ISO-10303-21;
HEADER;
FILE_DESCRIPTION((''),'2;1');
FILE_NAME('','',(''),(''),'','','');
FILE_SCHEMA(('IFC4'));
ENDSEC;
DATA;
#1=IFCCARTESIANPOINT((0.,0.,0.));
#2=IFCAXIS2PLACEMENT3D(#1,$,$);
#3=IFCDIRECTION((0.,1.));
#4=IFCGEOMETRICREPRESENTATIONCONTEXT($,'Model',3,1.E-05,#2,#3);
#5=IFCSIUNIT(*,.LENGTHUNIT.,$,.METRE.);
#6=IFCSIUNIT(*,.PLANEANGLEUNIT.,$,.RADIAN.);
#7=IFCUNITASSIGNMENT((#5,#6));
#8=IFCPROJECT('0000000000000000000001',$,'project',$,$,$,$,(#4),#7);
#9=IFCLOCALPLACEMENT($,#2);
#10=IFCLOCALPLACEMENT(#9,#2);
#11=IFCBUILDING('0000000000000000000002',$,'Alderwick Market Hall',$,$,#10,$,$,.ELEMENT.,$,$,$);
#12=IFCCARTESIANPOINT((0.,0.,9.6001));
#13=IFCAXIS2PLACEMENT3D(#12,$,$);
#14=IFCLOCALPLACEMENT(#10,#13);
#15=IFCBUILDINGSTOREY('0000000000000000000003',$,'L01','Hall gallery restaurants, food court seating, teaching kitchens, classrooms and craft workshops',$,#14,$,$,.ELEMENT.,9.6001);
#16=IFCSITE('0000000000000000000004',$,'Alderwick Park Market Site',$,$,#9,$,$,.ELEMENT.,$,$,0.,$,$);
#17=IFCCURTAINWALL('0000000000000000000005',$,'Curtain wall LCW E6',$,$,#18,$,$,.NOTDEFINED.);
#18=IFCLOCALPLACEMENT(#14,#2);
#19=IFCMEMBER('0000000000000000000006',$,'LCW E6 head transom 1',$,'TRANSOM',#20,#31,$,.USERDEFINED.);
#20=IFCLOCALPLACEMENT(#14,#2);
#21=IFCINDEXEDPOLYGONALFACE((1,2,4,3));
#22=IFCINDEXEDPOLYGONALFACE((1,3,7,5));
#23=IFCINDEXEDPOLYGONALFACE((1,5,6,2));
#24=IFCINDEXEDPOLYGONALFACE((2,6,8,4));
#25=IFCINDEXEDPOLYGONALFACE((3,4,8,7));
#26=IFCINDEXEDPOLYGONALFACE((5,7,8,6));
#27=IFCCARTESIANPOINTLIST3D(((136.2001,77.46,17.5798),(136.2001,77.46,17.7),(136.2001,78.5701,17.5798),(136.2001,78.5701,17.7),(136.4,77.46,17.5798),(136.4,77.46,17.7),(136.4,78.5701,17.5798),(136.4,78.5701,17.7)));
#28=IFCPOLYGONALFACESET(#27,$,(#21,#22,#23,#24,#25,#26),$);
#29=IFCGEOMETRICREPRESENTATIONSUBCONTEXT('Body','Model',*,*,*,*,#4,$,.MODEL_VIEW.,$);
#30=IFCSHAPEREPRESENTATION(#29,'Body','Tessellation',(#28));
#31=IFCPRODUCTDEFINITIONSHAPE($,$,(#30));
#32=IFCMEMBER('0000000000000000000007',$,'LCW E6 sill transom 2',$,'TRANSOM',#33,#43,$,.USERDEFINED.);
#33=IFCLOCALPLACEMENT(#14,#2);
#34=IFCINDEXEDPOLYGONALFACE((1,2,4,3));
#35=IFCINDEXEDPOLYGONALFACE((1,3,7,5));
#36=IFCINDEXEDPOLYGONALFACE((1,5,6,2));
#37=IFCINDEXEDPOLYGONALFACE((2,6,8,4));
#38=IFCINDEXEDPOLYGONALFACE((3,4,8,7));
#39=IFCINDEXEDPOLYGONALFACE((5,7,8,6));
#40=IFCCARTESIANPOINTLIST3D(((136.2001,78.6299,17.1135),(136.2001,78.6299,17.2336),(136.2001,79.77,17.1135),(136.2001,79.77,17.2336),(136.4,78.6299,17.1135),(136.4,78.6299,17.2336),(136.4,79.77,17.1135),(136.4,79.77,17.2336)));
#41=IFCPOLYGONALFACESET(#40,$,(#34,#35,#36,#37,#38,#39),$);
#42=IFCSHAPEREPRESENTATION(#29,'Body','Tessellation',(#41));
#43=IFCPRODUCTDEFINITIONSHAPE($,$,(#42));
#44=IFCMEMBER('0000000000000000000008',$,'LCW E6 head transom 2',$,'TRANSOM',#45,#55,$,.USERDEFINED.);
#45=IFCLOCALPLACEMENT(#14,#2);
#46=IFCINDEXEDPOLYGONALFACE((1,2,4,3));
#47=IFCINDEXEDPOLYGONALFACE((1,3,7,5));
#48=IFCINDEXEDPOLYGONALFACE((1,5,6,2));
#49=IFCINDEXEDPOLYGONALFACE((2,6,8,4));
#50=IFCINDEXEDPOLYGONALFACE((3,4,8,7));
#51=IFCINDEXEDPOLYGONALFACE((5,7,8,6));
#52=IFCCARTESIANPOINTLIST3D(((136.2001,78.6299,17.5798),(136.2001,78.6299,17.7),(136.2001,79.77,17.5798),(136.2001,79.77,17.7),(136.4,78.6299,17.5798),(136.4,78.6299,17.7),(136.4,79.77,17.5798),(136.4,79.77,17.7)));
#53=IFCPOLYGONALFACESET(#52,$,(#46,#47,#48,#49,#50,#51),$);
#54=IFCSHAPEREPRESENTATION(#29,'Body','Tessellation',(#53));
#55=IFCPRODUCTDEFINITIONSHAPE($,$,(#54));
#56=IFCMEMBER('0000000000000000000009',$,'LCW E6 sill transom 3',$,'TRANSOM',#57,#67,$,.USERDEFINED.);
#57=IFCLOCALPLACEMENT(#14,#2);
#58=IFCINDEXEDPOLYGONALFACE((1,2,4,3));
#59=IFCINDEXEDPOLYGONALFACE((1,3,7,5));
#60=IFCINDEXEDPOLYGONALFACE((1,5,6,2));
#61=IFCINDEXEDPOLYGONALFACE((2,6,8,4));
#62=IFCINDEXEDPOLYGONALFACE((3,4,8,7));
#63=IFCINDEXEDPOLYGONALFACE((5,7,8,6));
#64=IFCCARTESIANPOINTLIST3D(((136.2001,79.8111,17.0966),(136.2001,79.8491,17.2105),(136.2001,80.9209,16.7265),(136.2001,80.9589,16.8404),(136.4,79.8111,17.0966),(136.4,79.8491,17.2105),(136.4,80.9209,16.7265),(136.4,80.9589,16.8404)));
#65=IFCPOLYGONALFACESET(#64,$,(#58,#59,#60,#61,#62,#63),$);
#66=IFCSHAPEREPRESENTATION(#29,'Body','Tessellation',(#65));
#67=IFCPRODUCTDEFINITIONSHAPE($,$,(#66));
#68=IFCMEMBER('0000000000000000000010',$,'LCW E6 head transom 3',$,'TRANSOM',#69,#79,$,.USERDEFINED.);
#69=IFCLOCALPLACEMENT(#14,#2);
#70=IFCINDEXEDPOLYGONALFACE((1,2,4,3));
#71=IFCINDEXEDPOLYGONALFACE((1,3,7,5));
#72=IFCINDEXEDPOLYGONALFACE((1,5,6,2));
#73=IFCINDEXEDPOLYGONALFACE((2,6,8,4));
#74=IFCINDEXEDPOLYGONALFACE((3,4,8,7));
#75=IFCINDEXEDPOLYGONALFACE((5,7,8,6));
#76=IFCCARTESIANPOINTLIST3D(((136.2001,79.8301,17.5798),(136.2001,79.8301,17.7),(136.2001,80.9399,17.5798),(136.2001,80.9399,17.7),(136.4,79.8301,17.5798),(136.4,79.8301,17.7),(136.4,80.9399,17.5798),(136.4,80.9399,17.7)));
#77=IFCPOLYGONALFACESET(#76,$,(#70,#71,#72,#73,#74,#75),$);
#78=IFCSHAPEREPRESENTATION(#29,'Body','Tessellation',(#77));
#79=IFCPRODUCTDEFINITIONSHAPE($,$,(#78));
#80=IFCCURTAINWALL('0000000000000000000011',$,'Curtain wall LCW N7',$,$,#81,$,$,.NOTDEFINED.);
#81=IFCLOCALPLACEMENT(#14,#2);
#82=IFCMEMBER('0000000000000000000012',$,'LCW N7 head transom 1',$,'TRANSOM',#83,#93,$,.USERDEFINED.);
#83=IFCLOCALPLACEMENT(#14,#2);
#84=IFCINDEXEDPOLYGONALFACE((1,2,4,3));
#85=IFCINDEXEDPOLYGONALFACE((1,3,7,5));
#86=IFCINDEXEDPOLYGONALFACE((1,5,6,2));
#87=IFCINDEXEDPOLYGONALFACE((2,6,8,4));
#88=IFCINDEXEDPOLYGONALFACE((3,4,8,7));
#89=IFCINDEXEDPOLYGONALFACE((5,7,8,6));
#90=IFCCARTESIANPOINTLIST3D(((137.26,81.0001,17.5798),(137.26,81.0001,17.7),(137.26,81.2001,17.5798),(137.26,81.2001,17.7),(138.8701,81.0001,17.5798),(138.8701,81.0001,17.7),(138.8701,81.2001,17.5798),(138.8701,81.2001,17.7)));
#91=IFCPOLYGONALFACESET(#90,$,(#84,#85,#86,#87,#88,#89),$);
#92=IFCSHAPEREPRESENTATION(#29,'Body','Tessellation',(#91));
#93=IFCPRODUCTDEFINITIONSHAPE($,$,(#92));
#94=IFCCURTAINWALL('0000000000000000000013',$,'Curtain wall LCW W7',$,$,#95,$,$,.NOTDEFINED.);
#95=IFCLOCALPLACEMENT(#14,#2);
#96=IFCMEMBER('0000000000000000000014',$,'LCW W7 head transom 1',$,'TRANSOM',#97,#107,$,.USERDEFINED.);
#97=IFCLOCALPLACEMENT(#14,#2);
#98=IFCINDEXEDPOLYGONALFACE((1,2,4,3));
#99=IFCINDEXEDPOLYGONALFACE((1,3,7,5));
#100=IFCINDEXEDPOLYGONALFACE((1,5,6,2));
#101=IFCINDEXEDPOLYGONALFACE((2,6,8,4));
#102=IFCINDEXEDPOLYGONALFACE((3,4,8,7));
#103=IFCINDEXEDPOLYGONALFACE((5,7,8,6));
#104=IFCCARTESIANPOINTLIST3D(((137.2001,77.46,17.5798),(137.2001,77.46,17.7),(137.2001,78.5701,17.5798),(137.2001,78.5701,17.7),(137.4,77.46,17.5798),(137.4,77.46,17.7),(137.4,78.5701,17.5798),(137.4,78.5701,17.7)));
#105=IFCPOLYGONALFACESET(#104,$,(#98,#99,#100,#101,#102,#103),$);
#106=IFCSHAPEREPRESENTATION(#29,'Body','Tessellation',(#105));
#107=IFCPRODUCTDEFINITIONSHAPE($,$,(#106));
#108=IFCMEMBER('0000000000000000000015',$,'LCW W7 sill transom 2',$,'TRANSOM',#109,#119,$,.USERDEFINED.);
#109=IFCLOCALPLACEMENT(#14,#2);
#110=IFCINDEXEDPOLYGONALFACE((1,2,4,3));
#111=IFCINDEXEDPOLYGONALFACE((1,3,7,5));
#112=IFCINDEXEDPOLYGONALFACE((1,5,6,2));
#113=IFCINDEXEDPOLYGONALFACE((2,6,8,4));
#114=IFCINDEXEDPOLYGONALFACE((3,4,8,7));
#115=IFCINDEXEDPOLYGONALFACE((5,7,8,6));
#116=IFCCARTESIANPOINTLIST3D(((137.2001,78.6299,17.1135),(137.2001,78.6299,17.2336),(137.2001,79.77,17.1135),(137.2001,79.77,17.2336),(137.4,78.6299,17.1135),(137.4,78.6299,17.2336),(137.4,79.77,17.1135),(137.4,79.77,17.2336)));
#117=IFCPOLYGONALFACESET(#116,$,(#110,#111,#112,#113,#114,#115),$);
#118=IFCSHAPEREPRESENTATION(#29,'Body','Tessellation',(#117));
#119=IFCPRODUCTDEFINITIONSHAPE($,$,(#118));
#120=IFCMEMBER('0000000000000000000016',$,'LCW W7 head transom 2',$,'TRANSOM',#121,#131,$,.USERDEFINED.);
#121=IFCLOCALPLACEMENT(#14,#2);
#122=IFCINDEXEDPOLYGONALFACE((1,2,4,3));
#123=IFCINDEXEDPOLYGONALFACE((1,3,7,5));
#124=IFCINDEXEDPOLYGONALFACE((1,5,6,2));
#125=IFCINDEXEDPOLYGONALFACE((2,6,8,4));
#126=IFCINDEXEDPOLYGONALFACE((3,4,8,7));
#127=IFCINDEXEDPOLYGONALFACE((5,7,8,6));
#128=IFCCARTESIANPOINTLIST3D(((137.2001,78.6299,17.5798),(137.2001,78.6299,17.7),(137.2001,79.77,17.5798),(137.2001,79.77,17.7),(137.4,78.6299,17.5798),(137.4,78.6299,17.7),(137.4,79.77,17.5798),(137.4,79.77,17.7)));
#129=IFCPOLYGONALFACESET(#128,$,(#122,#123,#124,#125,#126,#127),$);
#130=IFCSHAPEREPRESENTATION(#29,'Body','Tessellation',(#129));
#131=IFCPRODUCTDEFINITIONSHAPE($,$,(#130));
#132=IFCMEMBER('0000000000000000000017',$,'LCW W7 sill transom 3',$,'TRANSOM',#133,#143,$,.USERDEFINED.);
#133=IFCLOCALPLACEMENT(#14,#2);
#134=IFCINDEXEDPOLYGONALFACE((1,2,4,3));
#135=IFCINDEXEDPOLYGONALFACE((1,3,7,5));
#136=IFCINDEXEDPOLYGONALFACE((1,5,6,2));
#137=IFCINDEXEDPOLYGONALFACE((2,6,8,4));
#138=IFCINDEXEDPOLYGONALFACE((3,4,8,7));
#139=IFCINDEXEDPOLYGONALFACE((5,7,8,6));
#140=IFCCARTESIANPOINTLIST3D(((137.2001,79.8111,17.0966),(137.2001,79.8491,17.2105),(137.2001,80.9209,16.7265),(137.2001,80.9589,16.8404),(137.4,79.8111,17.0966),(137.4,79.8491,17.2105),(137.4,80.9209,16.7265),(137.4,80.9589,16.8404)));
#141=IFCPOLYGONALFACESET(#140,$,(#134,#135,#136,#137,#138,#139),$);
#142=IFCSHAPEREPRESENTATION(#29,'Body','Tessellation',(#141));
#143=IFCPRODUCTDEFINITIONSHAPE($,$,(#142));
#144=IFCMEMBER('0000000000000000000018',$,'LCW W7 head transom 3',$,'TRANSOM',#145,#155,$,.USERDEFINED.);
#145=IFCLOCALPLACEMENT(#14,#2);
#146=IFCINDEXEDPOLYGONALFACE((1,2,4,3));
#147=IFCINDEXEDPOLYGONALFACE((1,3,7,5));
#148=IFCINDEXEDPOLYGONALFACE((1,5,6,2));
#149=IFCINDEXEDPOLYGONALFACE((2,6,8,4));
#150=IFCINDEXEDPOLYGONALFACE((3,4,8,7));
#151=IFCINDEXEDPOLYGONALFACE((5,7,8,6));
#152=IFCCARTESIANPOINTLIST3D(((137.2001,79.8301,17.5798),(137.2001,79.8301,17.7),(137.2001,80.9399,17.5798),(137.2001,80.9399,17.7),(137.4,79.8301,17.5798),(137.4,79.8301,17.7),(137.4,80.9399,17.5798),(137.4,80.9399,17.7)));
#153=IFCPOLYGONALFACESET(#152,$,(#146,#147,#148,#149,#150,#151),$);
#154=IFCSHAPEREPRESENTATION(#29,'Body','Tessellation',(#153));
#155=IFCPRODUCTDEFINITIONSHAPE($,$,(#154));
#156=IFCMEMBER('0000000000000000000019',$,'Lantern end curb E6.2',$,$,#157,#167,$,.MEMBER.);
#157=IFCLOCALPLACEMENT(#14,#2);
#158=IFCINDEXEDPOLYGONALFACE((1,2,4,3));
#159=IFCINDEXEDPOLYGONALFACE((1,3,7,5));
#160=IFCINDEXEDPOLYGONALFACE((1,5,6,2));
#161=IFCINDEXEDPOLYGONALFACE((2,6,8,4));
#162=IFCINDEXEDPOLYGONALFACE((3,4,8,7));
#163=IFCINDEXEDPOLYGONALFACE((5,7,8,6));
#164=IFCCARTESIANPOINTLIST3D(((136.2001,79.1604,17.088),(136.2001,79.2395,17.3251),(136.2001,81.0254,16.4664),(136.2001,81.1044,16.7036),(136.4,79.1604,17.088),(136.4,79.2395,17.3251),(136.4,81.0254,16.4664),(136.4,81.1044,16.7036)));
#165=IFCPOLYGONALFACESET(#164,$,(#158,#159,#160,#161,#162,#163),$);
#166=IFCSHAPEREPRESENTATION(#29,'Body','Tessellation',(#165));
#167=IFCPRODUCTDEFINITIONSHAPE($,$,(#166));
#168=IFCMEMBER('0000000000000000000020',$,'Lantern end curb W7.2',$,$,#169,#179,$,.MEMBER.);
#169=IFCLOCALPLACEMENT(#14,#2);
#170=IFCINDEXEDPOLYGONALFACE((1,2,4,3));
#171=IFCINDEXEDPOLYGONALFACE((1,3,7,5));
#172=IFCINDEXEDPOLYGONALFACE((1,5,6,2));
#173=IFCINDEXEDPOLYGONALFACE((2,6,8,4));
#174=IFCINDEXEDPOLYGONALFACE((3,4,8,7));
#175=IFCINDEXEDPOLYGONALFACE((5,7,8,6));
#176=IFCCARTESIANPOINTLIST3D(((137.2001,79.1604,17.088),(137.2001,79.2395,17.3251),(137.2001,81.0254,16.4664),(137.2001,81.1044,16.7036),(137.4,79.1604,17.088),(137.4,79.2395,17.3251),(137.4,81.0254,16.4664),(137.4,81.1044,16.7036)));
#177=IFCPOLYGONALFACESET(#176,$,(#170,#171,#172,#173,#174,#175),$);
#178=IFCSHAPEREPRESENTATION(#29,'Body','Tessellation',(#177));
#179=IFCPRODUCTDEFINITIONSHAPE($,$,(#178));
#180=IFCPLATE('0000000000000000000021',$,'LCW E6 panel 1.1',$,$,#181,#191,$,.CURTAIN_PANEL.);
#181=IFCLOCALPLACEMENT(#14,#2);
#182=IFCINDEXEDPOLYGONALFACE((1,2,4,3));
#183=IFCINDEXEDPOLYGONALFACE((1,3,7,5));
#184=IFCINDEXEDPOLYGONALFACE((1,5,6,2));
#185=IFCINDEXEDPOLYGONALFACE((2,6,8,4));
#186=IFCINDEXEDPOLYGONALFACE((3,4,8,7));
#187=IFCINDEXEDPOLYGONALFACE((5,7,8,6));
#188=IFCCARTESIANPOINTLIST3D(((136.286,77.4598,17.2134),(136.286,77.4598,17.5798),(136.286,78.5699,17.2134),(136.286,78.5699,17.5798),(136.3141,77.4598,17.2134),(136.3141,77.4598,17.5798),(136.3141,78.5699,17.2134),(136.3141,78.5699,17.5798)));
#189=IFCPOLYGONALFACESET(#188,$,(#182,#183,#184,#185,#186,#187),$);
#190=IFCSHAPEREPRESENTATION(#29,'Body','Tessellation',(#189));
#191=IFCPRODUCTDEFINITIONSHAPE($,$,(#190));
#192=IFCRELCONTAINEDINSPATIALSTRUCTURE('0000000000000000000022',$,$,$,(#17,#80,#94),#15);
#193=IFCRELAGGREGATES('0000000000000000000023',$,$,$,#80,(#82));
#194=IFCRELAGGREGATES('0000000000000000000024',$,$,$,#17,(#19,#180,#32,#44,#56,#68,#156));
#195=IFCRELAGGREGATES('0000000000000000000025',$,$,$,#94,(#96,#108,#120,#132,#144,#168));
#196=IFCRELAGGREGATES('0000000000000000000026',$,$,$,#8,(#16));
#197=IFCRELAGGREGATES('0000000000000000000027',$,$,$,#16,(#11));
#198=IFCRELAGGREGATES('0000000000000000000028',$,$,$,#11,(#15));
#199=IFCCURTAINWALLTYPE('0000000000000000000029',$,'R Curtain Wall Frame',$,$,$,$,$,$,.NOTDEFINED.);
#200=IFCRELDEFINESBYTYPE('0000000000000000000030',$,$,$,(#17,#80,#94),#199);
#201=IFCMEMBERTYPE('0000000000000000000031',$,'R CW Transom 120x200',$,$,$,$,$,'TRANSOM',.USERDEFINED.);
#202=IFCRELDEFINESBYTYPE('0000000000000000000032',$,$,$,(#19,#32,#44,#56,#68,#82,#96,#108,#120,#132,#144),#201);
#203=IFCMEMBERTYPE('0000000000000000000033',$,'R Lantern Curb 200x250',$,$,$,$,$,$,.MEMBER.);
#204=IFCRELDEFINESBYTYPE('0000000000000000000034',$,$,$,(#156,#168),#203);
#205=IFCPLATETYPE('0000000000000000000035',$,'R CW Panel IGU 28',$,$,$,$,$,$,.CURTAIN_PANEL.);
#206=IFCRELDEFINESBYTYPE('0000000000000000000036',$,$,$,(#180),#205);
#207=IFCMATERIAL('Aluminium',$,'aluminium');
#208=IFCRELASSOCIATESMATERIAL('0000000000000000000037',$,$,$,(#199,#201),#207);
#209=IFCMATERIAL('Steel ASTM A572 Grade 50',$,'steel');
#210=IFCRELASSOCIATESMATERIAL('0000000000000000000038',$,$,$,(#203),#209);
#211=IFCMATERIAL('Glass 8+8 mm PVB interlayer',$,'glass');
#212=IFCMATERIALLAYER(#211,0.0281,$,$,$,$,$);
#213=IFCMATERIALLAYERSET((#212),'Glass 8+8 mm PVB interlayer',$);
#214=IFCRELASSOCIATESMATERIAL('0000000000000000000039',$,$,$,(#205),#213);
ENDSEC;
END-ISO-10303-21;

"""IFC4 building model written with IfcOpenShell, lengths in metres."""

from ifc_helpers import new_model, si_unit, direction, frame, origin, origin_2d, place, context, subcontext, project, spatial, rectangle, extrude, material, layer, layer_set, material_profile, profile_set, type_object, element, aggregate, save


model = new_model("IFC4")

# Units and contexts
model_context = context("Model", 3, precision=1e-05, world=origin(), true_north=direction((0.0, 1.0)))
body_context = subcontext(model_context, "Body", "Model", "MODEL_VIEW")
ifc_project = project(units=[si_unit("LENGTHUNIT", "METRE"), si_unit("PLANEANGLEUNIT", "RADIAN")], contexts=[model_context])

# Site, building, storey
site_placement = place(None, origin())
site = spatial("IfcSite", under=ifc_project, at=site_placement, Name="Alderwick Park Market Site", CompositionType="ELEMENT", RefElevation=0.0)
building_placement = place(site_placement, origin())
building = spatial("IfcBuilding", under=site, at=building_placement, Name="Alderwick Market Hall", CompositionType="ELEMENT")
storey_placement = place(building_placement, frame((0.0, 0.0, 9.6001)))
storey = spatial("IfcBuildingStorey", under=building, at=storey_placement, Name="L01", Description="Hall gallery restaurants, food court seating, teaching kitchens, classrooms and craft workshops", CompositionType="ELEMENT", Elevation=9.6001)

# Curtain wall, members
ifc_material_1 = material(Name="Aluminium", Category="aluminium")
curtain_wall_type = type_object("IfcCurtainWallType", Name="R Curtain Wall Frame", PredefinedType="NOTDEFINED", material=ifc_material_1)
curtain_wall_1_placement = place(storey_placement, origin())
curtain_wall_1 = element("IfcCurtainWall", 1, at=curtain_wall_1_placement, inside=storey, type_object=curtain_wall_type, Name="Curtain wall LCW E6", PredefinedType="NOTDEFINED")
ifc_material_profile_1 = material_profile(ifc_material_1, rectangle(XDim=0.2, YDim=0.1201, at=origin_2d()), Name="AL 120x200")
ifc_profile_set_1 = profile_set([ifc_material_profile_1], Name="Aluminium")
member_type_1 = type_object("IfcMemberType", Name="R CW Transom 120x200", ElementType="TRANSOM", PredefinedType="USERDEFINED", material=ifc_profile_set_1)
member_1_placement = place(storey_placement, frame((136.3, 77.46, 17.6399), z_axis=(0.0, 1.0, 0.0), x_axis=(-1.0, 0.0, 0.0)))
member_1 = element("IfcMember", 2, at=member_1_placement, type_object=member_type_1, Name="LCW E6 head transom 1", ObjectType="TRANSOM", PredefinedType="USERDEFINED", context=body_context, shape_type="SweptSolid", body=[
    extrude(rectangle(XDim=0.2, YDim=0.1201, at=origin_2d()), origin(), (0.0, 0.0, 1.0), 1.1101),
])
member_2_placement = place(storey_placement, frame((136.3, 78.6299, 17.1736), z_axis=(0.0, 1.0, 0.0), x_axis=(-1.0, 0.0, 0.0)))
member_2 = element("IfcMember", 3, at=member_2_placement, type_object=member_type_1, Name="LCW E6 sill transom 2", ObjectType="TRANSOM", PredefinedType="USERDEFINED", context=body_context, shape_type="SweptSolid", body=[
    extrude(rectangle(XDim=0.2, YDim=0.1201, at=origin_2d()), origin(), (0.0, 0.0, 1.0), 1.1401),
])
member_3_placement = place(storey_placement, frame((136.3, 78.6299, 17.6399), z_axis=(0.0, 1.0, 0.0), x_axis=(-1.0, 0.0, 0.0)))
member_3 = element("IfcMember", 4, at=member_3_placement, type_object=member_type_1, Name="LCW E6 head transom 2", ObjectType="TRANSOM", PredefinedType="USERDEFINED", context=body_context, shape_type="SweptSolid", body=[
    extrude(rectangle(XDim=0.2, YDim=0.1201, at=origin_2d()), origin(), (0.0, 0.0, 1.0), 1.1401),
])
member_4_placement = place(storey_placement, frame((136.3, 79.8301, 17.1536), z_axis=(0.0, 0.948642, -0.316353), x_axis=(-1.0, 0.0, 0.0)))
member_4 = element("IfcMember", 5, at=member_4_placement, type_object=member_type_1, Name="LCW E6 sill transom 3", ObjectType="TRANSOM", PredefinedType="USERDEFINED", context=body_context, shape_type="SweptSolid", body=[
    extrude(rectangle(XDim=0.2, YDim=0.1201, at=origin_2d()), origin(), (0.0, 0.0, 1.0), 1.1699),
])
member_5_placement = place(storey_placement, frame((136.3, 79.8301, 17.6399), z_axis=(0.0, 1.0, 0.0), x_axis=(-1.0, 0.0, 0.0)))
member_5 = element("IfcMember", 6, at=member_5_placement, type_object=member_type_1, Name="LCW E6 head transom 3", ObjectType="TRANSOM", PredefinedType="USERDEFINED", context=body_context, shape_type="SweptSolid", body=[
    extrude(rectangle(XDim=0.2, YDim=0.1201, at=origin_2d()), origin(), (0.0, 0.0, 1.0), 1.1099),
])

# Curtain wall, member
curtain_wall_2_placement = place(storey_placement, origin())
curtain_wall_2 = element("IfcCurtainWall", 7, at=curtain_wall_2_placement, inside=storey, type_object=curtain_wall_type, Name="Curtain wall LCW N7", PredefinedType="NOTDEFINED")
member_6_placement = place(storey_placement, frame((137.26, 81.1001, 17.6399), z_axis=(1.0, 0.0, 0.0), x_axis=(0.0, 1.0, 0.0)))
member_6 = element("IfcMember", 8, at=member_6_placement, type_object=member_type_1, Name="LCW N7 head transom 1", ObjectType="TRANSOM", PredefinedType="USERDEFINED", context=body_context, shape_type="SweptSolid", body=[
    extrude(rectangle(XDim=0.2, YDim=0.1201, at=origin_2d()), origin(), (0.0, 0.0, 1.0), 1.6101),
])
aggregate(curtain_wall_2, [member_6])

# Curtain wall, members
curtain_wall_3_placement = place(storey_placement, origin())
curtain_wall_3 = element("IfcCurtainWall", 9, at=curtain_wall_3_placement, inside=storey, type_object=curtain_wall_type, Name="Curtain wall LCW W7", PredefinedType="NOTDEFINED")
member_7_placement = place(storey_placement, frame((137.3, 77.46, 17.6399), z_axis=(0.0, 1.0, 0.0), x_axis=(-1.0, 0.0, 0.0)))
member_7 = element("IfcMember", 10, at=member_7_placement, type_object=member_type_1, Name="LCW W7 head transom 1", ObjectType="TRANSOM", PredefinedType="USERDEFINED", context=body_context, shape_type="SweptSolid", body=[
    extrude(rectangle(XDim=0.2, YDim=0.1201, at=origin_2d()), origin(), (0.0, 0.0, 1.0), 1.1101),
])
member_8_placement = place(storey_placement, frame((137.3, 78.6299, 17.1736), z_axis=(0.0, 1.0, 0.0), x_axis=(-1.0, 0.0, 0.0)))
member_8 = element("IfcMember", 11, at=member_8_placement, type_object=member_type_1, Name="LCW W7 sill transom 2", ObjectType="TRANSOM", PredefinedType="USERDEFINED", context=body_context, shape_type="SweptSolid", body=[
    extrude(rectangle(XDim=0.2, YDim=0.1201, at=origin_2d()), origin(), (0.0, 0.0, 1.0), 1.1401),
])
member_9_placement = place(storey_placement, frame((137.3, 78.6299, 17.6399), z_axis=(0.0, 1.0, 0.0), x_axis=(-1.0, 0.0, 0.0)))
member_9 = element("IfcMember", 12, at=member_9_placement, type_object=member_type_1, Name="LCW W7 head transom 2", ObjectType="TRANSOM", PredefinedType="USERDEFINED", context=body_context, shape_type="SweptSolid", body=[
    extrude(rectangle(XDim=0.2, YDim=0.1201, at=origin_2d()), origin(), (0.0, 0.0, 1.0), 1.1401),
])
member_10_placement = place(storey_placement, frame((137.3, 79.8301, 17.1536), z_axis=(0.0, 0.948642, -0.316353), x_axis=(-1.0, 0.0, 0.0)))
member_10 = element("IfcMember", 13, at=member_10_placement, type_object=member_type_1, Name="LCW W7 sill transom 3", ObjectType="TRANSOM", PredefinedType="USERDEFINED", context=body_context, shape_type="SweptSolid", body=[
    extrude(rectangle(XDim=0.2, YDim=0.1201, at=origin_2d()), origin(), (0.0, 0.0, 1.0), 1.1699),
])
member_11_placement = place(storey_placement, frame((137.3, 79.8301, 17.6399), z_axis=(0.0, 1.0, 0.0), x_axis=(-1.0, 0.0, 0.0)))
member_11 = element("IfcMember", 14, at=member_11_placement, type_object=member_type_1, Name="LCW W7 head transom 3", ObjectType="TRANSOM", PredefinedType="USERDEFINED", context=body_context, shape_type="SweptSolid", body=[
    extrude(rectangle(XDim=0.2, YDim=0.1201, at=origin_2d()), origin(), (0.0, 0.0, 1.0), 1.1099),
])

# Members
ifc_material_2 = material(Name="Steel ASTM A572 Grade 50", Category="steel")
ifc_material_profile_2 = material_profile(ifc_material_2, rectangle(XDim=0.2, YDim=0.25, at=origin_2d()), Name="Steel plate curb 200x250")
ifc_profile_set_2 = profile_set([ifc_material_profile_2], Name="Steel ASTM A572 Grade 50")
member_type_2 = type_object("IfcMemberType", Name="R Lantern Curb 200x250", PredefinedType="MEMBER", material=ifc_profile_set_2)
member_12_placement = place(storey_placement, frame((136.3, 79.2, 17.2065), z_axis=(0.0, 0.948696, -0.316191), x_axis=(-1.0, 0.0, 0.0)))
member_12 = element("IfcMember", 15, at=member_12_placement, type_object=member_type_2, Name="Lantern end curb E6.2", PredefinedType="MEMBER", context=body_context, shape_type="SweptSolid", body=[
    extrude(rectangle(XDim=0.2, YDim=0.25, at=origin_2d()), origin(), (0.0, 0.0, 1.0), 1.9658),
])
member_13_placement = place(storey_placement, frame((137.3, 79.2, 17.2065), z_axis=(0.0, 0.948696, -0.316191), x_axis=(-1.0, 0.0, 0.0)))
member_13 = element("IfcMember", 16, at=member_13_placement, type_object=member_type_2, Name="Lantern end curb W7.2", PredefinedType="MEMBER", context=body_context, shape_type="SweptSolid", body=[
    extrude(rectangle(XDim=0.2, YDim=0.25, at=origin_2d()), origin(), (0.0, 0.0, 1.0), 1.9658),
])

# Plate
ifc_material_3 = material(Name="Glass 8+8 mm PVB interlayer", Category="glass")
ifc_layer_1 = layer(ifc_material_3, 0.0281)
ifc_layer_set_1 = layer_set([ifc_layer_1], Name="Glass 8+8 mm PVB interlayer")
plate_type = type_object("IfcPlateType", Name="R CW Panel IGU 28", PredefinedType="CURTAIN_PANEL", material=ifc_layer_set_1)
plate_1_placement = place(storey_placement, frame((136.3, 78.0149, 17.2134), z_axis=(0.0, 0.0, 1.0), x_axis=(1.0, 0.0, 0.0)))
plate_1 = element("IfcPlate", 17, at=plate_1_placement, type_object=plate_type, Name="LCW E6 panel 1.1", PredefinedType="CURTAIN_PANEL", context=body_context, shape_type="SweptSolid", body=[
    extrude(rectangle(XDim=0.0281, YDim=1.1101, at=origin_2d()), origin(), (0.0, 0.0, 1.0), 0.3665),
])

aggregate(curtain_wall_1, [member_1, plate_1, member_2, member_3, member_4, member_5, member_12])
aggregate(curtain_wall_3, [member_7, member_8, member_9, member_10, member_11, member_13])

save(model, "model.ifc")
